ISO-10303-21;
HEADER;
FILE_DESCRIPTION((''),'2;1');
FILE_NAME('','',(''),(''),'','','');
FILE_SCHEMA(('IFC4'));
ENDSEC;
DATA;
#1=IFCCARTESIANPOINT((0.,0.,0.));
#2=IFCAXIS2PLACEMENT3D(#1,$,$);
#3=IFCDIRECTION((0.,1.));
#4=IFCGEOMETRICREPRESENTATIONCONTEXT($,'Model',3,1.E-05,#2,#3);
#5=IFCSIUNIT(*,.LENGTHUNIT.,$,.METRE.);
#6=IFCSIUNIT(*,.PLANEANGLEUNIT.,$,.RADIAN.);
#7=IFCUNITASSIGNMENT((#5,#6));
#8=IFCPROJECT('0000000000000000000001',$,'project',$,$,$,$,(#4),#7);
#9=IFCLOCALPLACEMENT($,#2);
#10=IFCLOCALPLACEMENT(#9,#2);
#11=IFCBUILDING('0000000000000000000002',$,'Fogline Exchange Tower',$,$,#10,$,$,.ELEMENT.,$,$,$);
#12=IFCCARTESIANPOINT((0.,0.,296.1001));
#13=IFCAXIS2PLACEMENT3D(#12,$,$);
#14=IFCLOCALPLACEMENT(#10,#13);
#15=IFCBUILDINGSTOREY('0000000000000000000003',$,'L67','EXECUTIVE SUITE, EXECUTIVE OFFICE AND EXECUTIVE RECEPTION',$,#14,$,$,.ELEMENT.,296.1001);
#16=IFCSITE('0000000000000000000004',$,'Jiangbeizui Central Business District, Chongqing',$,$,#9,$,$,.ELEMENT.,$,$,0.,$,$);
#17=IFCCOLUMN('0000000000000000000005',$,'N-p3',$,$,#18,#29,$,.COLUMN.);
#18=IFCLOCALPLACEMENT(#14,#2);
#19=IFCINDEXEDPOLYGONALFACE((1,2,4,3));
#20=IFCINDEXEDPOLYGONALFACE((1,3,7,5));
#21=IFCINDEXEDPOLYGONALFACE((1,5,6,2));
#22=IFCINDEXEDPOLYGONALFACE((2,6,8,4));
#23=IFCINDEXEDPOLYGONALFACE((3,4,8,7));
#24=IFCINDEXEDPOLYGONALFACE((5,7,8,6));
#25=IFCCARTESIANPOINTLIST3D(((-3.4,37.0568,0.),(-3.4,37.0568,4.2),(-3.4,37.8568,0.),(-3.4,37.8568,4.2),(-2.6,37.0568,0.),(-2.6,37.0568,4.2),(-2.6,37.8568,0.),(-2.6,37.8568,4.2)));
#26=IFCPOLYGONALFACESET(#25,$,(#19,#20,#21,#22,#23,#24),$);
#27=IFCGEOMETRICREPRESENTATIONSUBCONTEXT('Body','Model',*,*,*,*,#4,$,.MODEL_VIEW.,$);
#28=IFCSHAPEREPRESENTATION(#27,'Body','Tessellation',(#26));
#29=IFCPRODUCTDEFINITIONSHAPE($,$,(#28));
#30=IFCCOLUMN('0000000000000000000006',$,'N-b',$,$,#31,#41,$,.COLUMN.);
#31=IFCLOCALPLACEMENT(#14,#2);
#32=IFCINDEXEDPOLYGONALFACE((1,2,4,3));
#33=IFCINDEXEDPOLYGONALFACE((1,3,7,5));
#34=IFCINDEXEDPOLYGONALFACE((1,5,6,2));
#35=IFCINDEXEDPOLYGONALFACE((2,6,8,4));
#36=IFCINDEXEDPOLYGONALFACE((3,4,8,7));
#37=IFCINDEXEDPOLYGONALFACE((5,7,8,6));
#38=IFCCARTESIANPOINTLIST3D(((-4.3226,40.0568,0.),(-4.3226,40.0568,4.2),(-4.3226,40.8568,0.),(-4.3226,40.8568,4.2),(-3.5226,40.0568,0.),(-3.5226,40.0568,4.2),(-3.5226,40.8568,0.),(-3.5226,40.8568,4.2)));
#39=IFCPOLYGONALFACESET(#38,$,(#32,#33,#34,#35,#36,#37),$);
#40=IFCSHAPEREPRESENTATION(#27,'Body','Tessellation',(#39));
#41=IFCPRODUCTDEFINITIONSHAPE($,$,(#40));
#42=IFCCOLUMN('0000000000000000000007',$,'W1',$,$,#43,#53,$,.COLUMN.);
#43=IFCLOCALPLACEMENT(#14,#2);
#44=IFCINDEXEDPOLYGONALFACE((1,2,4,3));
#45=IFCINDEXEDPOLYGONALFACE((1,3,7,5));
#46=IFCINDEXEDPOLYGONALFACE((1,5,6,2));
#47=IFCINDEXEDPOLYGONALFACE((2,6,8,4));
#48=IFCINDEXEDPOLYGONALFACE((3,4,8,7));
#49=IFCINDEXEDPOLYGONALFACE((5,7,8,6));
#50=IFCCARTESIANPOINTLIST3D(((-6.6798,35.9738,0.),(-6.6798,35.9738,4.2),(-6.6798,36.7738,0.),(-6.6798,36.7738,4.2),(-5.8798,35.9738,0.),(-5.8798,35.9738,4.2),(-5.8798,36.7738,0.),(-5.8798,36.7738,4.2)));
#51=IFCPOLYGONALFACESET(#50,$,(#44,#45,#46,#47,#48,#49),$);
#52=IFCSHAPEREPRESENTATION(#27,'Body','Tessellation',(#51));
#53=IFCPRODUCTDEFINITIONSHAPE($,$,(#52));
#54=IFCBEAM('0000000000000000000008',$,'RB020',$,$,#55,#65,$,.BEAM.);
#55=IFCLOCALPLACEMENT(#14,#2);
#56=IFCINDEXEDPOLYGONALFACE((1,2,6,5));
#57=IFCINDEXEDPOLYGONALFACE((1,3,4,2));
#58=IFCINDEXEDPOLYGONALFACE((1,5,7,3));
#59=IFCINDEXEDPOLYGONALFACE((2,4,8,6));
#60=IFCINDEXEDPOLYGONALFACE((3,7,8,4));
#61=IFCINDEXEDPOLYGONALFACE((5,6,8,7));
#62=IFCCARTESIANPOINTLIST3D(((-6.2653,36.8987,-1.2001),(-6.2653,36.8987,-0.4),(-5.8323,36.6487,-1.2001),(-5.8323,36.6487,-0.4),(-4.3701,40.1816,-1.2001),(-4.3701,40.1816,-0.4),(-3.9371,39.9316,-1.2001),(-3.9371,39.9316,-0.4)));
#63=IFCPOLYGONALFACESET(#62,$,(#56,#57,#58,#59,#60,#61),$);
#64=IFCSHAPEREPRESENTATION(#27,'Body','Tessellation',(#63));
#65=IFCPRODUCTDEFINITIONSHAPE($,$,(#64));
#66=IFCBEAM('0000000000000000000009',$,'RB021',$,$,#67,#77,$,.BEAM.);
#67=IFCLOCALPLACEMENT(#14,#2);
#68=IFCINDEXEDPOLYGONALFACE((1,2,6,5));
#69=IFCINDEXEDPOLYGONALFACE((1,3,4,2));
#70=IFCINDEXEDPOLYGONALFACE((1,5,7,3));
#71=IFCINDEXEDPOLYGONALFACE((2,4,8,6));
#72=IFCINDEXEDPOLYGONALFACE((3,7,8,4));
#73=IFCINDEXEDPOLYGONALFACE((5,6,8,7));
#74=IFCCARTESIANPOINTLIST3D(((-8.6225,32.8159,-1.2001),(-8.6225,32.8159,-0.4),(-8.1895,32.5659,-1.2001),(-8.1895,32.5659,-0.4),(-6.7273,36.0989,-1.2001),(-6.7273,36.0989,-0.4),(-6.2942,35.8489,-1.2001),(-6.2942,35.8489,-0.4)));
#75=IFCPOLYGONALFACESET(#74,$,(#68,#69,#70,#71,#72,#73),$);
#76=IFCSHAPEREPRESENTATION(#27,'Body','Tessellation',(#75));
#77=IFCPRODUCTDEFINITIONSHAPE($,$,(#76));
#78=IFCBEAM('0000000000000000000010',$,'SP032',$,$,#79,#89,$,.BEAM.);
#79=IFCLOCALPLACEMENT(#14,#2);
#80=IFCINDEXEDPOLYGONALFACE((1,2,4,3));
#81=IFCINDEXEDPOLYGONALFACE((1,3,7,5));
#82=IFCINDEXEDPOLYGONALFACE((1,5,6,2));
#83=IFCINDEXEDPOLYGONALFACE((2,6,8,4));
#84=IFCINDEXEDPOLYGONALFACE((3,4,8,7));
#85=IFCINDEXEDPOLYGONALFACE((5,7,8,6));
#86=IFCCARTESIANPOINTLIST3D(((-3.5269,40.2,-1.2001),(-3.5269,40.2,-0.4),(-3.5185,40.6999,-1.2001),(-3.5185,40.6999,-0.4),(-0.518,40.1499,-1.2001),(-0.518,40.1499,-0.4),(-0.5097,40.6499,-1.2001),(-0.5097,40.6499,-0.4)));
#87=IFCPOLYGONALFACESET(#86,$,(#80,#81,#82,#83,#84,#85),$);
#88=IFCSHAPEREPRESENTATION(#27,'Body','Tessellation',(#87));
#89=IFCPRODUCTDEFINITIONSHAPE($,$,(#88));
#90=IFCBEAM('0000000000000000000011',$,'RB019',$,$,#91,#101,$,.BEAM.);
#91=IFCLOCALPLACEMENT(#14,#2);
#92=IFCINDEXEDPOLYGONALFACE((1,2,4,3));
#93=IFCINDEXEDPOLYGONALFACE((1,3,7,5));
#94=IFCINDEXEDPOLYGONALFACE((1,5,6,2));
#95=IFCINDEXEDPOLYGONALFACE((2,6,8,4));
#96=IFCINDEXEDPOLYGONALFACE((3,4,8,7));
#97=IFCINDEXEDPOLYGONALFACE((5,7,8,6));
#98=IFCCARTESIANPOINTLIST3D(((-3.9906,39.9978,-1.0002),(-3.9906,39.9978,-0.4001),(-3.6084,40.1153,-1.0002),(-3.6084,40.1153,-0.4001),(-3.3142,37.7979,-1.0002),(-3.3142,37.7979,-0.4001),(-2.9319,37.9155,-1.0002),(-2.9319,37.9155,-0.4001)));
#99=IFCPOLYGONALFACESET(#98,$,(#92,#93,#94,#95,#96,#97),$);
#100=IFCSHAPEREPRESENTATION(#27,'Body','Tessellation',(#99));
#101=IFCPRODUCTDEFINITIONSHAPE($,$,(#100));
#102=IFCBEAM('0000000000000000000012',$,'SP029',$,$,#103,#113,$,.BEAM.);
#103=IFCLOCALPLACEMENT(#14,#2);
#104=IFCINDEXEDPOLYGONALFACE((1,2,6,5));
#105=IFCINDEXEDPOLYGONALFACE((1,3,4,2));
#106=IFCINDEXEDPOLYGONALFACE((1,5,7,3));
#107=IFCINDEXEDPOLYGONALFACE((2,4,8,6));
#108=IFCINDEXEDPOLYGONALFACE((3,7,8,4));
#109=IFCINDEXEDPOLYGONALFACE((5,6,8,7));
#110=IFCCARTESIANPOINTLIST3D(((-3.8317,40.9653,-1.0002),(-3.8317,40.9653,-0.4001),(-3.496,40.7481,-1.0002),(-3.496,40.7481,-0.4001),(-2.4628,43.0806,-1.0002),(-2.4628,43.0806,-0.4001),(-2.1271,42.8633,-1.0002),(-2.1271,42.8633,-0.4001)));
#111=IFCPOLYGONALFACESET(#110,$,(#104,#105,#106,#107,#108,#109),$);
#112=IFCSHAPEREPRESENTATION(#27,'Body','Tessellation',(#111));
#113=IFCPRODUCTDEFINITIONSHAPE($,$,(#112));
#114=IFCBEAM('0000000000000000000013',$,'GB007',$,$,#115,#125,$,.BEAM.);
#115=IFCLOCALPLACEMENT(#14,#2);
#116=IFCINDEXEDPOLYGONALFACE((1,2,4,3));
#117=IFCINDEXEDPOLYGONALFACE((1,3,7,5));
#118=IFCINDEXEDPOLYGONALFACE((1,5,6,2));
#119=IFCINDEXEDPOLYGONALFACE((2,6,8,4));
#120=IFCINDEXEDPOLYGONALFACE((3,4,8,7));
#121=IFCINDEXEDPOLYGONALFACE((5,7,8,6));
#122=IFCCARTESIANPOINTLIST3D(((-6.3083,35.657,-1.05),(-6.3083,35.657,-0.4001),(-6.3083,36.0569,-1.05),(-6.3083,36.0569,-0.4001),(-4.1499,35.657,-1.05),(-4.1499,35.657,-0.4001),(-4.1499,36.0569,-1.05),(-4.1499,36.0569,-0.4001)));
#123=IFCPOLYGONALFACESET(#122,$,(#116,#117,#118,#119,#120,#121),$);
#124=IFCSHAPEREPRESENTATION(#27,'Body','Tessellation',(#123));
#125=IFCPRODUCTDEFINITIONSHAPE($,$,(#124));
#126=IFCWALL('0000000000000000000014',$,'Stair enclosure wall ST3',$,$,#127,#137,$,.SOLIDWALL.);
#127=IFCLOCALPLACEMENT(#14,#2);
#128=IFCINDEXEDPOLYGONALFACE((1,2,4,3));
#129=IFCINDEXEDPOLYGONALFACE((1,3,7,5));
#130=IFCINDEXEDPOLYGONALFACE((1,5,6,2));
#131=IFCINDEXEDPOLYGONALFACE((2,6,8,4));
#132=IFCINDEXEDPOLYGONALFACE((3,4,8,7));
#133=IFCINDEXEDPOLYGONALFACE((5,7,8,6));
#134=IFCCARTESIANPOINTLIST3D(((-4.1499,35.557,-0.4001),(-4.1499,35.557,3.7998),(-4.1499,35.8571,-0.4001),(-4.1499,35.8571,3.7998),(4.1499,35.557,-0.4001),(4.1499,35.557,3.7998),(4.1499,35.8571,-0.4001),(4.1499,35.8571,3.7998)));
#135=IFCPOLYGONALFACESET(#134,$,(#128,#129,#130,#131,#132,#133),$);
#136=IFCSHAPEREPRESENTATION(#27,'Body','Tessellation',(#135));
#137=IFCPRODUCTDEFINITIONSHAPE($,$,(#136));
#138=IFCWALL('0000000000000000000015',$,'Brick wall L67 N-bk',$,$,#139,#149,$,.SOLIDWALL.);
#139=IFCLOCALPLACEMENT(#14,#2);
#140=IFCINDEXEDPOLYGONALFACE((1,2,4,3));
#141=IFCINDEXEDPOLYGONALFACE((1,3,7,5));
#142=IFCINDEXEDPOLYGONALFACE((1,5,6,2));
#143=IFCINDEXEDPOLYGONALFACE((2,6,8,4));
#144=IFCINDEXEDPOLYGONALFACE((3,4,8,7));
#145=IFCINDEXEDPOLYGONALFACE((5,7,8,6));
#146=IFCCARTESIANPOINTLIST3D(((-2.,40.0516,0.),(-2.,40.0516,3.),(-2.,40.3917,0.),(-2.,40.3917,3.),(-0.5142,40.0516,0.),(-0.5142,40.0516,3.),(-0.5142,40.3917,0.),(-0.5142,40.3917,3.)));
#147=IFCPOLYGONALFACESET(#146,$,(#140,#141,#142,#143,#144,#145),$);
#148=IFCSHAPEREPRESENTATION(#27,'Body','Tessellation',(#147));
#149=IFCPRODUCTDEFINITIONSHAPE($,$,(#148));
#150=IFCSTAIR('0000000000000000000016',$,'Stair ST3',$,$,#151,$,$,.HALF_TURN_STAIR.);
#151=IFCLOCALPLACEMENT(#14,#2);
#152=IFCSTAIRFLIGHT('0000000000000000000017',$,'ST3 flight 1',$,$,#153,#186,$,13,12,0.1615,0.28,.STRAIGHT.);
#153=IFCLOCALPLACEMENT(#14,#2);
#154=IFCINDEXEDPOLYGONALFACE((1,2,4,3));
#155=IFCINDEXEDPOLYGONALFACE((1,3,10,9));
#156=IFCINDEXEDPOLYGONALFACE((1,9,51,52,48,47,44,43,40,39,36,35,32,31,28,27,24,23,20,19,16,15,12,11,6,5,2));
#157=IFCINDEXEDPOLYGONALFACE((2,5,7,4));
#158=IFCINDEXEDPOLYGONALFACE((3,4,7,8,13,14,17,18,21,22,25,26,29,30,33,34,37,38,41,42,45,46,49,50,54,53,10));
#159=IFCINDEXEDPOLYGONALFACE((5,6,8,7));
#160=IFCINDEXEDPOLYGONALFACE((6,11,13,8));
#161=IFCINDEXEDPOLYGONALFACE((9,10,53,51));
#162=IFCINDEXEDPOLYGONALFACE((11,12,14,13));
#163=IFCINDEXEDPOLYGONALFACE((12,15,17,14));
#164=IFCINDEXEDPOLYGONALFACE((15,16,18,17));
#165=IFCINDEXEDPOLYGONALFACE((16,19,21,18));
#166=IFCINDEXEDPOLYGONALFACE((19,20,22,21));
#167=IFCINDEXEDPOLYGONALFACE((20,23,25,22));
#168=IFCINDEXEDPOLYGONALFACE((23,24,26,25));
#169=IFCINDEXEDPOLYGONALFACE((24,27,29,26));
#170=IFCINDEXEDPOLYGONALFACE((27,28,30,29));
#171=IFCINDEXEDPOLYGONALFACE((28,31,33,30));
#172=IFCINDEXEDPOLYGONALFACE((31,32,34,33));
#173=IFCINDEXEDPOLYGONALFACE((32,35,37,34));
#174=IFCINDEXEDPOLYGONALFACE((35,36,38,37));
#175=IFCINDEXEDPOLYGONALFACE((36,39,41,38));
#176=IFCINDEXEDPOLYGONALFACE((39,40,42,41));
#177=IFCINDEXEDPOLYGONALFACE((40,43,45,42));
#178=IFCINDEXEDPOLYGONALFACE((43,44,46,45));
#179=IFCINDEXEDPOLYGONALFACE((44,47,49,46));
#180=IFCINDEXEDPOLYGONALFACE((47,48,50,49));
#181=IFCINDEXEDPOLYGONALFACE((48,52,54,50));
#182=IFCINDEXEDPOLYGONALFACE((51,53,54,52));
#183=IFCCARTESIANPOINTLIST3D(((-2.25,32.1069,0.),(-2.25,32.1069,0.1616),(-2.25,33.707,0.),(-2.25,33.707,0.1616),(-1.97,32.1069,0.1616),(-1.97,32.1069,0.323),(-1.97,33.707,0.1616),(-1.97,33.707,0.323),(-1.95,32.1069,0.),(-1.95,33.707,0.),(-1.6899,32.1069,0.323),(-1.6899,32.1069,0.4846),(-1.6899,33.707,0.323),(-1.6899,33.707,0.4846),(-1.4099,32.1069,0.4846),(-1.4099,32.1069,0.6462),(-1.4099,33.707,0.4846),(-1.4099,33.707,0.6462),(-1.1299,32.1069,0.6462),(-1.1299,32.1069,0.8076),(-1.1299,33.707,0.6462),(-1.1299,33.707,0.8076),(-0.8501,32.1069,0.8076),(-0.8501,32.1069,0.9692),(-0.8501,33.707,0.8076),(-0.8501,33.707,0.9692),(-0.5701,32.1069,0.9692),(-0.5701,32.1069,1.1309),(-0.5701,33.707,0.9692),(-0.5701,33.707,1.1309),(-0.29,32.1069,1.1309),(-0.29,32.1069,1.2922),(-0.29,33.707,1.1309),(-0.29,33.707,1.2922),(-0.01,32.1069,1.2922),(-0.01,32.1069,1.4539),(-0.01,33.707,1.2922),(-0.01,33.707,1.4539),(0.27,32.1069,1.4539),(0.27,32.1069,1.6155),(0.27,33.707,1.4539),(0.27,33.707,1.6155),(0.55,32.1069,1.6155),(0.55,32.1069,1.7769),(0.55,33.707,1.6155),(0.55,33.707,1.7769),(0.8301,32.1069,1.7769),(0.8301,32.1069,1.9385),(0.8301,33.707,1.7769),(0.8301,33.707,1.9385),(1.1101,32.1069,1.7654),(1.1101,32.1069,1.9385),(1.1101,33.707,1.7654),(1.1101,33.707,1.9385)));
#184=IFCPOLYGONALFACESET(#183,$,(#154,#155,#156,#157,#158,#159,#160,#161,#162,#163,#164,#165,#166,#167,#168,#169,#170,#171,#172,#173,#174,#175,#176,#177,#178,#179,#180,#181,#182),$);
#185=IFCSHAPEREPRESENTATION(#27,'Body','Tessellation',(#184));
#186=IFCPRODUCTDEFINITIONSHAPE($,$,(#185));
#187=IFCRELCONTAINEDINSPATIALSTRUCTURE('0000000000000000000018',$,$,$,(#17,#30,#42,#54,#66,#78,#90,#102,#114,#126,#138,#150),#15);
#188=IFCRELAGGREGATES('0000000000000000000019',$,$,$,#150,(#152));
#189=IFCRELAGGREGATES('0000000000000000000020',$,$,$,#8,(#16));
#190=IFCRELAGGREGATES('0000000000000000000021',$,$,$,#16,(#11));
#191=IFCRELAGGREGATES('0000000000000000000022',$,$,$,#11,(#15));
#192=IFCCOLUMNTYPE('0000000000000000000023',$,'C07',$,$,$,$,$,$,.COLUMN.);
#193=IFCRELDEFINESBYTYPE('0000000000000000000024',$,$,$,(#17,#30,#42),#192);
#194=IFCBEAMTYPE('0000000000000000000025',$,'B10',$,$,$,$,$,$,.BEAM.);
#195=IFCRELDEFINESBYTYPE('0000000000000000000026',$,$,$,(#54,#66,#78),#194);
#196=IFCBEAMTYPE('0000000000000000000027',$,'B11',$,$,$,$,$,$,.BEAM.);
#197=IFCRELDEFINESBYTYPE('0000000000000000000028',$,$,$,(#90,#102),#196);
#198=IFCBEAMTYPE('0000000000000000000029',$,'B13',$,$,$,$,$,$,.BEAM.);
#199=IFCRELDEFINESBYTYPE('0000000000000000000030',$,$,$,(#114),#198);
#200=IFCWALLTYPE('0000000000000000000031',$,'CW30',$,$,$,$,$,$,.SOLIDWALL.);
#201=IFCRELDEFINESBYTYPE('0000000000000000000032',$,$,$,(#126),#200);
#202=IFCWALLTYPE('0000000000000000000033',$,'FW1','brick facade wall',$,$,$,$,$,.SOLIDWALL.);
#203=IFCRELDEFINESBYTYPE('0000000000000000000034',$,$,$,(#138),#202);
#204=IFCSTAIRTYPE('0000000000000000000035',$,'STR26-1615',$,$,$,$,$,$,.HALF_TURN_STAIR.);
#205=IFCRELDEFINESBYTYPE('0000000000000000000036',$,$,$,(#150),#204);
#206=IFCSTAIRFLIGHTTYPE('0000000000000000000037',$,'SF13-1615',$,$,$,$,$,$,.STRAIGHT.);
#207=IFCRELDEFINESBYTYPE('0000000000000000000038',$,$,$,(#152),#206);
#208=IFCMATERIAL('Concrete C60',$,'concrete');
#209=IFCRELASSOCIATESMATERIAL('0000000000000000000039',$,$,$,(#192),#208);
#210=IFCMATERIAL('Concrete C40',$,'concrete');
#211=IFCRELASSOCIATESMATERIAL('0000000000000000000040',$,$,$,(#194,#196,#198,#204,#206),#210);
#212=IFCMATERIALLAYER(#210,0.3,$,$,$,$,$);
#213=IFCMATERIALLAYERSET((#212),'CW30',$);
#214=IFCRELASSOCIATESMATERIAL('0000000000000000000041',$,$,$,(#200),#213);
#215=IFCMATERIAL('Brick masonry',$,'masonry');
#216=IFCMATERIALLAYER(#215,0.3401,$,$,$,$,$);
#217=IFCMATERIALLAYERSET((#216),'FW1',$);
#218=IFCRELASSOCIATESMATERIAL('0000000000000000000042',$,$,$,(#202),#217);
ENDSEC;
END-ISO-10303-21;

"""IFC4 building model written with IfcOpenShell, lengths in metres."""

from ifc_helpers import new_model, si_unit, direction, frame, frame_2d, origin, origin_2d, place, context, subcontext, project, spatial, polyline, rectangle, outline, extrude, material, layer, layer_set, material_profile, profile_set, type_object, element, aggregate, save


model = new_model("IFC4")

# Units and contexts
model_context = context("Model", 3, precision=1e-05, world=origin(), true_north=direction((0.0, 1.0)))
body_context = subcontext(model_context, "Body", "Model", "MODEL_VIEW")
ifc_project = project(units=[si_unit("LENGTHUNIT", "METRE"), si_unit("PLANEANGLEUNIT", "RADIAN")], contexts=[model_context])

# Site, building, storey
site_placement = place(None, origin())
site = spatial("IfcSite", under=ifc_project, at=site_placement, Name="Jiangbeizui Central Business District, Chongqing", CompositionType="ELEMENT", RefElevation=0.0)
building_placement = place(site_placement, origin())
building = spatial("IfcBuilding", under=site, at=building_placement, Name="Fogline Exchange Tower", CompositionType="ELEMENT")
storey_placement = place(building_placement, frame((0.0, 0.0, 296.1001)))
storey = spatial("IfcBuildingStorey", under=building, at=storey_placement, Name="L67", Description="EXECUTIVE SUITE, EXECUTIVE OFFICE AND EXECUTIVE RECEPTION", CompositionType="ELEMENT", Elevation=296.1001)

# Columns
ifc_material_1 = material(Name="Concrete C60", Category="concrete")
ifc_material_profile_1 = material_profile(ifc_material_1, rectangle(XDim=0.8, YDim=0.8, at=origin_2d()), Name="RC 800x800")
ifc_profile_set_1 = profile_set([ifc_material_profile_1], Name="Concrete C60")
column_type = type_object("IfcColumnType", Name="C07", PredefinedType="COLUMN", material=ifc_profile_set_1)
for number, where, z_axis, x_axis, name in (
    (1, (-3.0, 37.4568, 0.0), (0.0, 0.0, 1.0), (1.0, 0.0, 0.0), "N-p3"),
    (2, (-3.9226, 40.4568, 0.0), (0.0, 0.0, 1.0), (1.0, 0.0, 0.0), "N-b"),
    (3, (-6.2798, 36.3738, 0.0), (0.0, 0.0, 1.0), (1.0, 0.0, 0.0), "W1"),
):
    element("IfcColumn", number, at=place(storey_placement, frame(where, z_axis=z_axis, x_axis=x_axis)), inside=storey, type_object=column_type, Name=name, PredefinedType="COLUMN", context=body_context, shape_type="SweptSolid", body=[
        extrude(rectangle(XDim=0.8, YDim=0.8, at=origin_2d()), origin(), (0.0, 0.0, 1.0), 4.2),
    ])

# Beams
ifc_material_2 = material(Name="Concrete C40", Category="concrete")
ifc_material_profile_2 = material_profile(ifc_material_2, rectangle(XDim=0.5, YDim=0.8, at=origin_2d()), Name="RC 500x800")
ifc_profile_set_2 = profile_set([ifc_material_profile_2], Name="Concrete C40")
beam_type_1 = type_object("IfcBeamType", Name="B10", PredefinedType="BEAM", material=ifc_profile_set_2)
for number, where, z_axis, x_axis, name in (
    (4, (-4.1536, 40.0566, -0.8), (-0.49997, -0.866043, 0.0), (0.866043, -0.49997, 0.0), "RB020"),
    (5, (-6.5107, 35.9739, -0.8), (-0.49997, -0.866043, 0.0), (0.866043, -0.49997, 0.0), "RB021"),
):
    element("IfcBeam", number, at=place(storey_placement, frame(where, z_axis=z_axis, x_axis=x_axis)), inside=storey, type_object=beam_type_1, Name=name, PredefinedType="BEAM", context=body_context, shape_type="SweptSolid", body=[
        extrude(rectangle(XDim=0.5, YDim=0.8, at=origin_2d()), origin(), (0.0, 0.0, 1.0), 3.7908),
    ])
beam_1_placement = place(storey_placement, frame((-3.5227, 40.45, -0.8), z_axis=(0.999862, -0.016632, 0.0), x_axis=(0.016632, 0.999862, 0.0)))
element("IfcBeam", 6, at=beam_1_placement, inside=storey, type_object=beam_type_1, Name="SP032", PredefinedType="BEAM", context=body_context, shape_type="SweptSolid", body=[
    extrude(rectangle(XDim=0.5, YDim=0.8, at=origin_2d()), origin(), (0.0, 0.0, 1.0), 3.0093),
])
ifc_material_profile_3 = material_profile(ifc_material_2, rectangle(XDim=0.3999, YDim=0.6001, at=origin_2d()), Name="RC 400x600")
ifc_profile_set_3 = profile_set([ifc_material_profile_3], Name="Concrete C40")
beam_type_2 = type_object("IfcBeamType", Name="B11", PredefinedType="BEAM", material=ifc_profile_set_3)
beam_2_placement = place(storey_placement, frame((-3.123, 37.8567, -0.7002), z_axis=(-0.293929, 0.955827, 0.0), x_axis=(-0.955827, -0.293929, 0.0)))
element("IfcBeam", 7, at=beam_2_placement, inside=storey, type_object=beam_type_2, Name="RB019", PredefinedType="BEAM", context=body_context, shape_type="SweptSolid", body=[
    extrude(rectangle(XDim=0.3999, YDim=0.6001, at=origin_2d()), origin(), (0.0, 0.0, 1.0), 2.3015),
])
beam_3_placement = place(storey_placement, frame((-3.6638, 40.8567, -0.7002), z_axis=(0.543312, 0.839531, 0.0), x_axis=(-0.839531, 0.543312, 0.0)))
element("IfcBeam", 8, at=beam_3_placement, inside=storey, type_object=beam_type_2, Name="SP029", PredefinedType="BEAM", context=body_context, shape_type="SweptSolid", body=[
    extrude(rectangle(XDim=0.3999, YDim=0.6001, at=origin_2d()), origin(), (0.0, 0.0, 1.0), 2.5195),
])
ifc_material_profile_4 = material_profile(ifc_material_2, rectangle(XDim=0.3999, YDim=0.6499, at=origin_2d()), Name="RC 400x650")
ifc_profile_set_4 = profile_set([ifc_material_profile_4], Name="Concrete C40")
beam_type_3 = type_object("IfcBeamType", Name="B13", PredefinedType="BEAM", material=ifc_profile_set_4)
beam_4_placement = place(storey_placement, frame((-6.3083, 35.8569, -0.7251), z_axis=(1.0, 0.0, 0.0), x_axis=(0.0, 1.0, 0.0)))
element("IfcBeam", 9, at=beam_4_placement, inside=storey, type_object=beam_type_3, Name="GB007", PredefinedType="BEAM", context=body_context, shape_type="SweptSolid", body=[
    extrude(rectangle(XDim=0.3999, YDim=0.6499, at=origin_2d()), origin(), (0.0, 0.0, 1.0), 2.1584),
])

# Walls
ifc_layer_1 = layer(ifc_material_2, 0.3)
ifc_layer_set_1 = layer_set([ifc_layer_1], Name="CW30")
wall_type_1 = type_object("IfcWallType", Name="CW30", PredefinedType="SOLIDWALL", material=ifc_layer_set_1)
wall_1_placement = place(storey_placement, frame((-4.1499, 35.707, -0.4001), z_axis=(0.0, 0.0, 1.0), x_axis=(1.0, 0.0, 0.0)))
element("IfcWall", 10, at=wall_1_placement, inside=storey, type_object=wall_type_1, Name="Stair enclosure wall ST3", PredefinedType="SOLIDWALL", context=body_context, shape_type="SweptSolid", body=[
    extrude(rectangle(XDim=8.2998, YDim=0.3, at=frame_2d((4.1499, 0.0))), origin(), (0.0, 0.0, 1.0), 4.2),
])
ifc_material_3 = material(Name="Brick masonry", Category="masonry")
ifc_layer_2 = layer(ifc_material_3, 0.3401)
ifc_layer_set_2 = layer_set([ifc_layer_2], Name="FW1")
wall_type_2 = type_object("IfcWallType", Name="FW1", Description="brick facade wall", PredefinedType="SOLIDWALL", material=ifc_layer_set_2)
wall_2_placement = place(storey_placement, frame((-0.5142, 40.2217, 0.0), z_axis=(0.0, 0.0, 1.0), x_axis=(-1.0, 0.0, 0.0)))
element("IfcWall", 11, at=wall_2_placement, inside=storey, type_object=wall_type_2, Name="Brick wall L67 N-bk", PredefinedType="SOLIDWALL", context=body_context, shape_type="SweptSolid", body=[
    extrude(rectangle(XDim=1.4858, YDim=0.3401, at=frame_2d((0.7429, 0.0))), origin(), (0.0, 0.0, 1.0), 3.0),
])

# Stair, stair flight
stair_type = type_object("IfcStairType", Name="STR26-1615", PredefinedType="HALF_TURN_STAIR", material=ifc_material_2)
stair_placement = place(storey_placement, origin())
stair = element("IfcStair", 12, at=stair_placement, inside=storey, type_object=stair_type, Name="Stair ST3", PredefinedType="HALF_TURN_STAIR")
stair_flight_type = type_object("IfcStairFlightType", Name="SF13-1615", PredefinedType="STRAIGHT", material=ifc_material_2)
stair_flight_placement = place(storey_placement, frame((-2.25, 32.907, 0.0), z_axis=(0.0, 0.0, 1.0), x_axis=(1.0, 0.0, 0.0)))
stair_flight = element("IfcStairFlight", 13, at=stair_flight_placement, type_object=stair_flight_type, Name="ST3 flight 1", NumberOfRisers=13, NumberOfTreads=12, PredefinedType="STRAIGHT", RiserHeight=0.1615, TreadLength=0.28, context=body_context, shape_type="SweptSolid", body=[
    extrude(outline(polyline([(0.0, 0.0), (0.0, 0.1616), (0.28, 0.1616), (0.28, 0.323), (0.5601, 0.323), (0.5601, 0.4846), (0.8401, 0.4846), (0.8401, 0.6462), (1.1201, 0.6462), (1.1201, 0.8076), (1.3999, 0.8076), (1.3999, 0.9692), (1.6799, 0.9692), (1.6799, 1.1309), (1.96, 1.1309), (1.96, 1.2922), (2.24, 1.2922), (2.24, 1.4539), (2.52, 1.4539), (2.52, 1.6155), (2.8, 1.6155), (2.8, 1.7769), (3.0801, 1.7769), (3.0801, 1.9385), (3.3601, 1.9385), (3.3601, 2.1001), (3.3601, 1.7654), (0.3, 0.0), (0.0, 0.0)])), frame((0.0, 0.8, 0.0), z_axis=(0.0, -1.0, 0.0), x_axis=(1.0, 0.0, 0.0)), (0.0, 0.0, 1.0), 1.6001),
])
aggregate(stair, [stair_flight])

save(model, "model.ifc")
